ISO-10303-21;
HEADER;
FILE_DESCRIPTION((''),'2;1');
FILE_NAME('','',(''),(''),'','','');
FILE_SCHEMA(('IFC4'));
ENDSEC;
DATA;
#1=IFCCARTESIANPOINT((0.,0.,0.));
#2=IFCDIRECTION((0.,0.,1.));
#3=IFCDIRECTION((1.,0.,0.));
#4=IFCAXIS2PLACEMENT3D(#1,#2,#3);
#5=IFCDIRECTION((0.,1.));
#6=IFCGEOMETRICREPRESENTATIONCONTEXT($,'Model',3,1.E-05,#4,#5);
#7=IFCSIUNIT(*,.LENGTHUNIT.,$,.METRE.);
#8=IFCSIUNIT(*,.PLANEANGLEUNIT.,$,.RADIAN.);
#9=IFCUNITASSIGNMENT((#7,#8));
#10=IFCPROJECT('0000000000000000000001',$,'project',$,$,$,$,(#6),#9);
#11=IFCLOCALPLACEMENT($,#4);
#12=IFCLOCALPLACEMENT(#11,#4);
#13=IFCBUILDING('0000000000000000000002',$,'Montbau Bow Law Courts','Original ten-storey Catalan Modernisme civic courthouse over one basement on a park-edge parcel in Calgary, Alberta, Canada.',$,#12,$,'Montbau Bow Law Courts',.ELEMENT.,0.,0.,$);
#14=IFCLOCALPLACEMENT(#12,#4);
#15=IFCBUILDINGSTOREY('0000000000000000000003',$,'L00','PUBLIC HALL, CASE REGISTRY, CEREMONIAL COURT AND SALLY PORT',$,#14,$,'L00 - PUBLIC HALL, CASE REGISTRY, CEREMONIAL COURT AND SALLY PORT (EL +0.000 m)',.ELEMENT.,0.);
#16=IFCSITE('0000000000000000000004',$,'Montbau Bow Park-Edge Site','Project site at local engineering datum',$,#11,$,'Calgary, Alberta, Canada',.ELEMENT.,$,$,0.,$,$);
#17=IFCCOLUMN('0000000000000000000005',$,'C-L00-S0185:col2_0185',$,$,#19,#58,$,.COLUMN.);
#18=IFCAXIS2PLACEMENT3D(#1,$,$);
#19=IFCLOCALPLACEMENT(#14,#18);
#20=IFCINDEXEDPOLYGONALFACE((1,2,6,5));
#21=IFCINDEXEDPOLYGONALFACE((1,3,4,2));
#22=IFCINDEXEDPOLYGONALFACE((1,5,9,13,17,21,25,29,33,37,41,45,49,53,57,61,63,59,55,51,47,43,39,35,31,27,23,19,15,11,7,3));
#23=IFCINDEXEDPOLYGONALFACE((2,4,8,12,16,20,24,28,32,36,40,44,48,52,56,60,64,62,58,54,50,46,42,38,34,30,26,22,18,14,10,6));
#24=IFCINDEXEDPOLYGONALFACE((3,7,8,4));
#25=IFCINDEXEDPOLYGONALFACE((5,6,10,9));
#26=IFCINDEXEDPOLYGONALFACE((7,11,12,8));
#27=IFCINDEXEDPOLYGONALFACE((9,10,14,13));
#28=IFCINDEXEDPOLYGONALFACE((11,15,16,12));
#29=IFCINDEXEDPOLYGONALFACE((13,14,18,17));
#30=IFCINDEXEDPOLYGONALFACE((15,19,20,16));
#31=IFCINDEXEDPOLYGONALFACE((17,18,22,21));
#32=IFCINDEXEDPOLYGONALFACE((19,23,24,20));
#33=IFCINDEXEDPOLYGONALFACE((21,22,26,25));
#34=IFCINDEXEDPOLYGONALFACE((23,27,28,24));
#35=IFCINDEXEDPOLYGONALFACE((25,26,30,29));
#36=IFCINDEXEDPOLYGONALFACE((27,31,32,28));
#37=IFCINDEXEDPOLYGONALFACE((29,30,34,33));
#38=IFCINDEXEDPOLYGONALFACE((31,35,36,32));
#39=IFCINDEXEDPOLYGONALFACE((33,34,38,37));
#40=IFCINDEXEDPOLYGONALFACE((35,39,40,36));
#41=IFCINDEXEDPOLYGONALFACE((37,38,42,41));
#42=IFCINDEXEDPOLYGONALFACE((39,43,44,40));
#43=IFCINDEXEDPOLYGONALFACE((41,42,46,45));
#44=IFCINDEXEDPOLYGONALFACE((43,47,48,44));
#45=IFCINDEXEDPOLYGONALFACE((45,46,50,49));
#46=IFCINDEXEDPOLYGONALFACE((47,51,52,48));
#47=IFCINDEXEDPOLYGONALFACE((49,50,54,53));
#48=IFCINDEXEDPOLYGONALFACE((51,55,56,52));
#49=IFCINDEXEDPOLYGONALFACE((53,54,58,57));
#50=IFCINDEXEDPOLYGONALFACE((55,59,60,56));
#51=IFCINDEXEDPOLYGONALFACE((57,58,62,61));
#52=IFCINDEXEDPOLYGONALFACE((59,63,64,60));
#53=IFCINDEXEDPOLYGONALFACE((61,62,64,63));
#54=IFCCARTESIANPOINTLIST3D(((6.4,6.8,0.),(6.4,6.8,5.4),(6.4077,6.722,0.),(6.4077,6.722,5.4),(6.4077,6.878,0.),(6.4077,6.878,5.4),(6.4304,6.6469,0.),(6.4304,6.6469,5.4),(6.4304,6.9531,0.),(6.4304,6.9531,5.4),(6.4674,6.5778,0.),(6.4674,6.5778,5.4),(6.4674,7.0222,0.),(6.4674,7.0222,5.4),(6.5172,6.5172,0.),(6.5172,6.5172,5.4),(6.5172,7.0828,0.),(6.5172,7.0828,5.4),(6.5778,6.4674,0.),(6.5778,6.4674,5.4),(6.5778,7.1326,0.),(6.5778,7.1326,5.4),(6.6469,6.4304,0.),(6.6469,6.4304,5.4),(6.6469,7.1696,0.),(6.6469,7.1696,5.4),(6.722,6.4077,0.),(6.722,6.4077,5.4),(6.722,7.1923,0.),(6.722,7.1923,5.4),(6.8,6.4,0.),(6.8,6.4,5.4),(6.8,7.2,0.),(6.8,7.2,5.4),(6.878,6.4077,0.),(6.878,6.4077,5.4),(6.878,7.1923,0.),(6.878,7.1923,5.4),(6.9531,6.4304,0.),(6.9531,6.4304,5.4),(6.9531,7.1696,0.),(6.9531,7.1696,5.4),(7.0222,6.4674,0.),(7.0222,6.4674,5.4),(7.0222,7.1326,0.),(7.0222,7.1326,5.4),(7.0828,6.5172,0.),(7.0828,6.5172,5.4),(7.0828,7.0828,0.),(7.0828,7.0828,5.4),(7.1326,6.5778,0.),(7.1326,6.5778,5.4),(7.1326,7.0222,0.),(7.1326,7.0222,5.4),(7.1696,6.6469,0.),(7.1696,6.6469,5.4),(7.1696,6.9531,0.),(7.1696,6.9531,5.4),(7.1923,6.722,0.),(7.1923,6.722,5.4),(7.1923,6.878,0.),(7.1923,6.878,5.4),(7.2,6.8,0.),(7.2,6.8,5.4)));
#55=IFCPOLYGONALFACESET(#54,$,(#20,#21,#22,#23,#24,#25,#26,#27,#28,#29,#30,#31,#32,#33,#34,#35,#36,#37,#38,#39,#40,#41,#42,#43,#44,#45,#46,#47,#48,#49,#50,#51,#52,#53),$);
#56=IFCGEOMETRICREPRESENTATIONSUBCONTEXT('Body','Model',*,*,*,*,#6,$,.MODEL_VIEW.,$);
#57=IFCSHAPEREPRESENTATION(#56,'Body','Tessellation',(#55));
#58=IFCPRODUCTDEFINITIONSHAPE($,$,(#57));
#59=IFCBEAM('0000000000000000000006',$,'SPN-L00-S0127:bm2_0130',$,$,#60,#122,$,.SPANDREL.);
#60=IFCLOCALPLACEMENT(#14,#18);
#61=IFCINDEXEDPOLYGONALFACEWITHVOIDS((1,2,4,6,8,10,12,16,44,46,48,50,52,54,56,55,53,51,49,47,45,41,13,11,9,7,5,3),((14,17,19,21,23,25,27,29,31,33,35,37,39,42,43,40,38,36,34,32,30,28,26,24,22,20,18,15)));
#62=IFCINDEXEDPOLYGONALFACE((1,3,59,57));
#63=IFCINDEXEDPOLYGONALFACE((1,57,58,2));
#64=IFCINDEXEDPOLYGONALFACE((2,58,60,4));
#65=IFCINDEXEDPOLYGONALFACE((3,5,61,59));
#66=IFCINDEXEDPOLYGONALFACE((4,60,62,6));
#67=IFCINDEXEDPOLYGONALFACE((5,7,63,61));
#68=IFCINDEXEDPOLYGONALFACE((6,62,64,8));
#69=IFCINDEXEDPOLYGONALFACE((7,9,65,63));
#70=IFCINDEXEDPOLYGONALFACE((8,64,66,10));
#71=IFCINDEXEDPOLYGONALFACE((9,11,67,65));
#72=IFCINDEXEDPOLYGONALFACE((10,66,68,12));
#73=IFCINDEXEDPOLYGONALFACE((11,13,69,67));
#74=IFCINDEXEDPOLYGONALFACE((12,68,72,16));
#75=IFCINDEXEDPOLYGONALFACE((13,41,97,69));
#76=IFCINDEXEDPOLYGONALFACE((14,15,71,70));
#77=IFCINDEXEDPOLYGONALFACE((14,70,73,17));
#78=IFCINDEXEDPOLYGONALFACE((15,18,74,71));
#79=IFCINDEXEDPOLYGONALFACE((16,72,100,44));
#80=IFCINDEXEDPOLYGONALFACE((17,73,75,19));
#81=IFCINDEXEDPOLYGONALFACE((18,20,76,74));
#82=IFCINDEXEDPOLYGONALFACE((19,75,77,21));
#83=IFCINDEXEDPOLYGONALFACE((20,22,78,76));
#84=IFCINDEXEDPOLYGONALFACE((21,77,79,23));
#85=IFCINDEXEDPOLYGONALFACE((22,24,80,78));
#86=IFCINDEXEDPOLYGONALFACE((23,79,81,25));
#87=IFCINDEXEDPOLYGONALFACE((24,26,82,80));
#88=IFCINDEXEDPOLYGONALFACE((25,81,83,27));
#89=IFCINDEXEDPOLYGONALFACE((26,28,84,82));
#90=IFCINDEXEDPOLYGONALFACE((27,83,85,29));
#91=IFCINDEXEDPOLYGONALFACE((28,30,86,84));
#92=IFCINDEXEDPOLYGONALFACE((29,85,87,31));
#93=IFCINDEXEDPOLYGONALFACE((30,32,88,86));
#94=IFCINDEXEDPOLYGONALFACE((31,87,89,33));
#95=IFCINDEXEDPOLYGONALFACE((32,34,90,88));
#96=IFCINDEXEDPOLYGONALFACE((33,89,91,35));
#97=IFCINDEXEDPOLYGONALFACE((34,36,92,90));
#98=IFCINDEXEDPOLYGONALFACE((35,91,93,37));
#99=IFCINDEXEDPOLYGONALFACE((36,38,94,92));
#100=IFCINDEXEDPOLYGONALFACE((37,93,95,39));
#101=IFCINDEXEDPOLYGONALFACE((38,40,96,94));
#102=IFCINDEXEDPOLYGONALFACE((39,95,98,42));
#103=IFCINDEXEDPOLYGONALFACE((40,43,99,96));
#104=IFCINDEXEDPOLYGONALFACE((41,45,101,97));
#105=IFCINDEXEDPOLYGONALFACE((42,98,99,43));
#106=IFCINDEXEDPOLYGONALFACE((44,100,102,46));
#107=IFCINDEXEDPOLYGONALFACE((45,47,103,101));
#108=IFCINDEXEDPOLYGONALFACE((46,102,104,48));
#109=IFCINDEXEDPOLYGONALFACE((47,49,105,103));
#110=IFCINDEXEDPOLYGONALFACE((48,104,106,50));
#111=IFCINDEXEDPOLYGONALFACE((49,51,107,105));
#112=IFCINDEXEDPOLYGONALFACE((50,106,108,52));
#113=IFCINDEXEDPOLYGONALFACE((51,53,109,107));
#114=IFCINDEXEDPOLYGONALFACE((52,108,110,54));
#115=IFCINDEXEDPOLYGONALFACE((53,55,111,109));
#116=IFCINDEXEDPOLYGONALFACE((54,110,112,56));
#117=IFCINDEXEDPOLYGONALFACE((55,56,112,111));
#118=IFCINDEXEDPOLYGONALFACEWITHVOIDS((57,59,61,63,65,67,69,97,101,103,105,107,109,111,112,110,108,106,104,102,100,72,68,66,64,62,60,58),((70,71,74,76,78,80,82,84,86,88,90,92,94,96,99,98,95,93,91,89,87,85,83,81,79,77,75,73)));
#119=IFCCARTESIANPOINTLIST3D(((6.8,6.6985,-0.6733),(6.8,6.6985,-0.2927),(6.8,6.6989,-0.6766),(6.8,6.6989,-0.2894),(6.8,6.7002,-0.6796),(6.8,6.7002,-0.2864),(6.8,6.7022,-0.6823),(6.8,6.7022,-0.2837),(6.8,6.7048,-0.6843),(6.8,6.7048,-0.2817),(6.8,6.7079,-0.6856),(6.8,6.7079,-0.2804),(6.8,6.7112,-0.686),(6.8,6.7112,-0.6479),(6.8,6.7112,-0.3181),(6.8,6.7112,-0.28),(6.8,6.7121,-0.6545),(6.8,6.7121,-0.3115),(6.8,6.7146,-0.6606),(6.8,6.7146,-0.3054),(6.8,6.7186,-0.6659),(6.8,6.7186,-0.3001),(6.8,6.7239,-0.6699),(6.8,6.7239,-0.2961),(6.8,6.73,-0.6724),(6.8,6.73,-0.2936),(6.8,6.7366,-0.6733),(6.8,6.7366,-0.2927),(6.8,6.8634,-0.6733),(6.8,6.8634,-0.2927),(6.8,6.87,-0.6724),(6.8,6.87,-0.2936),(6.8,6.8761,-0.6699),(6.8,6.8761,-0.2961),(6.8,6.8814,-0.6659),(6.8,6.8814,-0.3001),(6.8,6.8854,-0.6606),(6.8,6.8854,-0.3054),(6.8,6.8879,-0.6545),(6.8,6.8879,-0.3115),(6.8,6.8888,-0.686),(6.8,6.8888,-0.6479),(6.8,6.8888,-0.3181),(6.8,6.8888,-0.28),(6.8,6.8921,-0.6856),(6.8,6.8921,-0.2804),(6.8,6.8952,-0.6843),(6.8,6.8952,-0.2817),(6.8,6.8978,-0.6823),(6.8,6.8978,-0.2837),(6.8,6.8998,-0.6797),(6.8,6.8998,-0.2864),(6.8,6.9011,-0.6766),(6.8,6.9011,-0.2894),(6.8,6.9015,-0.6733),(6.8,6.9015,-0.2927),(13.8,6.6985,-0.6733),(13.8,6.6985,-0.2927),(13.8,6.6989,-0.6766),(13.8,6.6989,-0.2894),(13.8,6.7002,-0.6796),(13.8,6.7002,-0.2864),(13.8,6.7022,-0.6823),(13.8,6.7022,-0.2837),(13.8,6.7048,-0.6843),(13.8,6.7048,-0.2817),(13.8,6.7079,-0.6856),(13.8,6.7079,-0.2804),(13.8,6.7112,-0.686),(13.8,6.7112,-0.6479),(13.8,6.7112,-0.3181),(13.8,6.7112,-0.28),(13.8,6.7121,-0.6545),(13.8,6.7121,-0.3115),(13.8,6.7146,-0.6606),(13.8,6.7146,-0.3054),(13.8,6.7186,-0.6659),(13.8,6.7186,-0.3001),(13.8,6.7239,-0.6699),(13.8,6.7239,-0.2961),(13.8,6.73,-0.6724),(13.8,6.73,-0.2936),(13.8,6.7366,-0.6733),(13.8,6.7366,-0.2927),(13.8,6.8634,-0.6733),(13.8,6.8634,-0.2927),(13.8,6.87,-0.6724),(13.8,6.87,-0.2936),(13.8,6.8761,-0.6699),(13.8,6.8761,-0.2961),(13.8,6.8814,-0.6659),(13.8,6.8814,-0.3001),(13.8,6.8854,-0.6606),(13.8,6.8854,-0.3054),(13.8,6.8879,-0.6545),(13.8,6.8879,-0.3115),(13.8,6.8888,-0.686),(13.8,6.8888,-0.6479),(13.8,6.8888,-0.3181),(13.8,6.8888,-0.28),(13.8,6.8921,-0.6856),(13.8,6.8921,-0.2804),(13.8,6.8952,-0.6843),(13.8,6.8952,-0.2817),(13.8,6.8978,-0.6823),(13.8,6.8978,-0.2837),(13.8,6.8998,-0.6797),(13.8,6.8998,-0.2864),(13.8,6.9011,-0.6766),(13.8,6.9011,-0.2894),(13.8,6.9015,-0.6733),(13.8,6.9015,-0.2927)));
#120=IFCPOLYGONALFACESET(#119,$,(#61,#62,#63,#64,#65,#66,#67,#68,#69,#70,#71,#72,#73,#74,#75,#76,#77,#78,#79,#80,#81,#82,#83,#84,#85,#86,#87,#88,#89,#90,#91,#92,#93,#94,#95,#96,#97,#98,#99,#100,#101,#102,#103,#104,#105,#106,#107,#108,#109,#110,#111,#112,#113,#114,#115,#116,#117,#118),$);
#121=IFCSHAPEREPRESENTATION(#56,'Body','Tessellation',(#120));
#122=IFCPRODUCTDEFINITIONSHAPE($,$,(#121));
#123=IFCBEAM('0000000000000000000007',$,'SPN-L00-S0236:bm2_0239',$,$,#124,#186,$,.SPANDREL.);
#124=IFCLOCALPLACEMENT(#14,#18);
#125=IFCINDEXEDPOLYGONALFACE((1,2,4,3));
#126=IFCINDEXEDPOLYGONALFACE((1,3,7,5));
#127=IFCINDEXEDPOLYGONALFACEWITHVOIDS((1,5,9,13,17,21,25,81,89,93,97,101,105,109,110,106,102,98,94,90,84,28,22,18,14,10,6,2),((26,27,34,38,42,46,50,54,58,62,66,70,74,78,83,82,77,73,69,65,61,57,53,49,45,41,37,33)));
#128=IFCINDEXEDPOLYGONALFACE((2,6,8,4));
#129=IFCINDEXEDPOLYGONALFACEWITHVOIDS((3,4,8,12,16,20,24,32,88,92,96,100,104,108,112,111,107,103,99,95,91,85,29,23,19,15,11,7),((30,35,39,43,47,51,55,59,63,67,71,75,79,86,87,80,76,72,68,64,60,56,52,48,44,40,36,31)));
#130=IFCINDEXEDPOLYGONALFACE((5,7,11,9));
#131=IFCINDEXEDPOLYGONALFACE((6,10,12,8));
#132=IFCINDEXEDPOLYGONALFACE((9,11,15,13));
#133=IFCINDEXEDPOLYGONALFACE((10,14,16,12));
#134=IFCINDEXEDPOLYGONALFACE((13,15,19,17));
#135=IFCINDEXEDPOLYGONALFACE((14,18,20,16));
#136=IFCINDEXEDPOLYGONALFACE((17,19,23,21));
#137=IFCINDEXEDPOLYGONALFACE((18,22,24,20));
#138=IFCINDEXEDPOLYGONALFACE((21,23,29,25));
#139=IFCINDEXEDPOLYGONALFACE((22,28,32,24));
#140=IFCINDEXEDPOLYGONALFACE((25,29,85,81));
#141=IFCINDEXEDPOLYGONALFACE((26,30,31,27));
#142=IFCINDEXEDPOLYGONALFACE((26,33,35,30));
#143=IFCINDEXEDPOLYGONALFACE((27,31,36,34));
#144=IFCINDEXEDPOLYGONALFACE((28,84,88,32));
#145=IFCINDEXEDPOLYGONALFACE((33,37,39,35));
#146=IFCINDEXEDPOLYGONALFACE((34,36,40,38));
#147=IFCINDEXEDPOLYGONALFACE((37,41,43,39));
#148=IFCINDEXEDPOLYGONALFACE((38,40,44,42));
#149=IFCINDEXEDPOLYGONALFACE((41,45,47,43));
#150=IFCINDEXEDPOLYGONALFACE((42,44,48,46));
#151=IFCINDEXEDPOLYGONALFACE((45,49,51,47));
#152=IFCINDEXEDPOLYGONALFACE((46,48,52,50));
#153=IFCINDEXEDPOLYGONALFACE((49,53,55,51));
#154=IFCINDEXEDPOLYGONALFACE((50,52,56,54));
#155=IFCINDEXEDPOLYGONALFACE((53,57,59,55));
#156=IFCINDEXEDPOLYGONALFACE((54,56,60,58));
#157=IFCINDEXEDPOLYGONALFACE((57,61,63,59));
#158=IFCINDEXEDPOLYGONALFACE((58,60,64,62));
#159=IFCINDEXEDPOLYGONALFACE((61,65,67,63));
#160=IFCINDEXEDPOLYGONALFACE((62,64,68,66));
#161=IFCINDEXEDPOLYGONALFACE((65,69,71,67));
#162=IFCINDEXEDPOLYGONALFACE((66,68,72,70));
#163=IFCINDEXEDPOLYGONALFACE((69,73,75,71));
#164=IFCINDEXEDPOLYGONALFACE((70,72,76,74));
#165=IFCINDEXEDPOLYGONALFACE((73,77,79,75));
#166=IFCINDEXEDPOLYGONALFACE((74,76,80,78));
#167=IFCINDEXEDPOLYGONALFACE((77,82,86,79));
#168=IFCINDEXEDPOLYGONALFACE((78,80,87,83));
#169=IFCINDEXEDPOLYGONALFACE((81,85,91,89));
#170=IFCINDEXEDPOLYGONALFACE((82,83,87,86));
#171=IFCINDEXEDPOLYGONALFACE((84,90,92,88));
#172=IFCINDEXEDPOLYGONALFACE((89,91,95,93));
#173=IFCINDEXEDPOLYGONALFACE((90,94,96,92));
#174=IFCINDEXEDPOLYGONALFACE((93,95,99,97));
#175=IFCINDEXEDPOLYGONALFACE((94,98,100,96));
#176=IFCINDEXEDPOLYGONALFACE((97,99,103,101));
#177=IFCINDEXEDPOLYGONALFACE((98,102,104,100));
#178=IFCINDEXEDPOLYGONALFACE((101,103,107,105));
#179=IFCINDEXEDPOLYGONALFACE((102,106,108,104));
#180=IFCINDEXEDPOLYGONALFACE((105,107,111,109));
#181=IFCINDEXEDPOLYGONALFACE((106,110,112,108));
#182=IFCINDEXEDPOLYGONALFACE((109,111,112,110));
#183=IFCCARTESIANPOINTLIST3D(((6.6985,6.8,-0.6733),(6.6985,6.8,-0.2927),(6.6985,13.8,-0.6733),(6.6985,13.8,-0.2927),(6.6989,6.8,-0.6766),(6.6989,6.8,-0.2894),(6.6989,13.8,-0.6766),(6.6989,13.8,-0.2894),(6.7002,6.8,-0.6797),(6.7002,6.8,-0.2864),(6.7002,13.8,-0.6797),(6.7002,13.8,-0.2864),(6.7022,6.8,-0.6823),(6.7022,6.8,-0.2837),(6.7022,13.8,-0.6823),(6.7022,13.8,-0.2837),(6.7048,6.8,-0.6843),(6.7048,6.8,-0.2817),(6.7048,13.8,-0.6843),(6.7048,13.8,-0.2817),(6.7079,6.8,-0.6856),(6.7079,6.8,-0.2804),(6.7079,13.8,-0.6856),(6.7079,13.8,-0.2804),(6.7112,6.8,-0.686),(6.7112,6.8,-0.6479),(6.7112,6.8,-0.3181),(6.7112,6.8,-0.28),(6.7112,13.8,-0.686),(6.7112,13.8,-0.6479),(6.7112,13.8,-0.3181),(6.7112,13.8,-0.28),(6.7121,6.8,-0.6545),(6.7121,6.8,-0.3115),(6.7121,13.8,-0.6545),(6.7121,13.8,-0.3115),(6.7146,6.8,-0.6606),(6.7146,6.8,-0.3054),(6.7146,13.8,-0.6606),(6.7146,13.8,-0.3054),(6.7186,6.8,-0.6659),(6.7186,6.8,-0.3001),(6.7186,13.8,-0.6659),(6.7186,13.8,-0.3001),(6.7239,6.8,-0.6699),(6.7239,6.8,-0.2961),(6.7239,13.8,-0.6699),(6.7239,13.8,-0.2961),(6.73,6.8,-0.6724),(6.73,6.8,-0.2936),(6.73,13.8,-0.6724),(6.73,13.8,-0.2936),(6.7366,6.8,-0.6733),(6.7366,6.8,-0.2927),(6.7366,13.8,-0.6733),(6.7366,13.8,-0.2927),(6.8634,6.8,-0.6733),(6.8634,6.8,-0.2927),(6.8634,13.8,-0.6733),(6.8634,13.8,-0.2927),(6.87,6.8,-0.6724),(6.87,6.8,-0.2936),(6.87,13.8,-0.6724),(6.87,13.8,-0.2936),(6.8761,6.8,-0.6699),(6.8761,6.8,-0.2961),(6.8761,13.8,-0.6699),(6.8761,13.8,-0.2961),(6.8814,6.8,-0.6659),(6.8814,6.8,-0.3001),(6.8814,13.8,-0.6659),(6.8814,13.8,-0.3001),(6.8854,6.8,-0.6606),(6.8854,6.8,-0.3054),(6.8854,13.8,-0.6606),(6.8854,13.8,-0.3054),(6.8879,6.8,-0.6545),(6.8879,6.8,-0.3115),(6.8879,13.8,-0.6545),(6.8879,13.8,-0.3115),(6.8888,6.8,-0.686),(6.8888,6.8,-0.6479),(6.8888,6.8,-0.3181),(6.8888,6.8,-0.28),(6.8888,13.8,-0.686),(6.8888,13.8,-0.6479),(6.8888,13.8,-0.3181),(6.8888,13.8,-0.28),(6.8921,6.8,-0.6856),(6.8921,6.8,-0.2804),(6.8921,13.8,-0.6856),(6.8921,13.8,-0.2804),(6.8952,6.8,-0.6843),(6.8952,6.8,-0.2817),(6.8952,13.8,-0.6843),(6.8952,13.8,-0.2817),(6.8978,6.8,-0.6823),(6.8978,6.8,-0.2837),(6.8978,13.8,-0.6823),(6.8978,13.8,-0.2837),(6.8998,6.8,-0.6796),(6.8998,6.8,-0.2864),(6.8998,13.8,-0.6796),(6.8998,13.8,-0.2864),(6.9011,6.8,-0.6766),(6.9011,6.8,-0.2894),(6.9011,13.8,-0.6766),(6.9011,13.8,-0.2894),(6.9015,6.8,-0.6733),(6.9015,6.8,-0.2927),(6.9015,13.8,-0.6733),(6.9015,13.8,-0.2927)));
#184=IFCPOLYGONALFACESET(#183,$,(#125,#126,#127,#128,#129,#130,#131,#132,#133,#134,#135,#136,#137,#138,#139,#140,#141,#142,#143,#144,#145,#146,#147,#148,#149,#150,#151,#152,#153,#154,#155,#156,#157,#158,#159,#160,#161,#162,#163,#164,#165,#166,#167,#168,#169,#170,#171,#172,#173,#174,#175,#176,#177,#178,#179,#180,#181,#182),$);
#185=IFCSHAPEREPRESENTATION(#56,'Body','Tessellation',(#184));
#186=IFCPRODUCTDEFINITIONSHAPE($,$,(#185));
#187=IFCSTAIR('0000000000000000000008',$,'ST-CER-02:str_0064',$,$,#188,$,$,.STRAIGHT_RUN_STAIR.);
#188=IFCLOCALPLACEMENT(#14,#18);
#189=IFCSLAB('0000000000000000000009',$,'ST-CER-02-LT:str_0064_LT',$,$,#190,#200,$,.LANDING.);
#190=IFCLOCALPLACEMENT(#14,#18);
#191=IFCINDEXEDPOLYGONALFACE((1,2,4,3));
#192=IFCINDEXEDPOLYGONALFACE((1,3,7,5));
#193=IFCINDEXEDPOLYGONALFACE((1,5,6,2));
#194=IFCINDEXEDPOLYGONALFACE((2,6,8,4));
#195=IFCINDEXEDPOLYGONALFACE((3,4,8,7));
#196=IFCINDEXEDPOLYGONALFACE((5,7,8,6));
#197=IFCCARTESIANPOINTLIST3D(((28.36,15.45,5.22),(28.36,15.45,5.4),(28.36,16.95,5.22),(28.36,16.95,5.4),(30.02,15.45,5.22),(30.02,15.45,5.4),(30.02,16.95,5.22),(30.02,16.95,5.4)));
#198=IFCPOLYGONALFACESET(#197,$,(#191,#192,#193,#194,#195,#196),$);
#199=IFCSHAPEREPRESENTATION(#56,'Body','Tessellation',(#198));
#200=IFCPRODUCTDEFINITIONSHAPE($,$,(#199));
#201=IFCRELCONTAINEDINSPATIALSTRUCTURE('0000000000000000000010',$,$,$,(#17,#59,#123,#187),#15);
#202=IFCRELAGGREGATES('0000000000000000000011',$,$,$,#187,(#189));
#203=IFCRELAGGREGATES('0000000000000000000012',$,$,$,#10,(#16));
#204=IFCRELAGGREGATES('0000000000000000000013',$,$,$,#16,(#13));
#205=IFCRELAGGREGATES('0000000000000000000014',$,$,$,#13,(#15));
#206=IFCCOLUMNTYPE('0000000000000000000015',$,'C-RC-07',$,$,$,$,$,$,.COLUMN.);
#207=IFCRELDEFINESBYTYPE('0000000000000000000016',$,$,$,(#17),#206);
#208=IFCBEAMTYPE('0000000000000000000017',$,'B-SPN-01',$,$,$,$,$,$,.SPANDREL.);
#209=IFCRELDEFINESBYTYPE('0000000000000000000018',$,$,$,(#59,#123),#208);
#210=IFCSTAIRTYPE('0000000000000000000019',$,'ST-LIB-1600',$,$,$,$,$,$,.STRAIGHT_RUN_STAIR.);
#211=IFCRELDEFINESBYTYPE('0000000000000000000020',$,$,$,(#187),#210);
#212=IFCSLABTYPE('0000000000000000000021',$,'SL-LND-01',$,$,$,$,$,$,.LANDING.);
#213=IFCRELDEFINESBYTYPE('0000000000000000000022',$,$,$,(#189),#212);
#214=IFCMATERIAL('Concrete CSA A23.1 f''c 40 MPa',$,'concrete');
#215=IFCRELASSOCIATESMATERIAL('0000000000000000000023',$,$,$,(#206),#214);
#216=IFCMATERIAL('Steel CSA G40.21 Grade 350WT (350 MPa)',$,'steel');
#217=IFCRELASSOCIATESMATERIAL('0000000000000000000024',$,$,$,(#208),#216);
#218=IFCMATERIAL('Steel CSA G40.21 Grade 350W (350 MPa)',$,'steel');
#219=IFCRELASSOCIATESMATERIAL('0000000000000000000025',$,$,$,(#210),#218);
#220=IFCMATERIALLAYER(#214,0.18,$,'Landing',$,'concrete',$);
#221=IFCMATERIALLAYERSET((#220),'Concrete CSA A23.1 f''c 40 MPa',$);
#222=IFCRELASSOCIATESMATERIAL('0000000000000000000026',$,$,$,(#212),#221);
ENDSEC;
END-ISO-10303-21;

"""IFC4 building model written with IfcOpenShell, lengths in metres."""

from ifc_helpers import new_model, si_unit, direction, frame, origin_with_axes, origin_2d_with_axis, place, context, subcontext, project, spatial, polyline, hollow_rectangle, circle, outline, extrude, material, layer, layer_set, material_profile, profile_set, type_object, element, aggregate, save


model = new_model("IFC4")

# Units and contexts
model_context = context("Model", 3, precision=1e-05, world=origin_with_axes(), true_north=direction((0.0, 1.0)))
body_context = subcontext(model_context, "Body", "Model", "MODEL_VIEW")
ifc_project = project(units=[si_unit("LENGTHUNIT", "METRE"), si_unit("PLANEANGLEUNIT", "RADIAN")], contexts=[model_context])

# Site, building, storey
site_placement = place(None, origin_with_axes())
site = spatial("IfcSite", under=ifc_project, at=site_placement, Name="Montbau Bow Park-Edge Site", Description="Project site at local engineering datum", LongName="Calgary, Alberta, Canada", CompositionType="ELEMENT", RefElevation=0.0)
building_placement = place(site_placement, origin_with_axes())
building = spatial("IfcBuilding", under=site, at=building_placement, Name="Montbau Bow Law Courts", Description="Original ten-storey Catalan Modernisme civic courthouse over one basement on a park-edge parcel in Calgary, Alberta, Canada.", LongName="Montbau Bow Law Courts", CompositionType="ELEMENT", ElevationOfRefHeight=0.0, ElevationOfTerrain=0.0)
storey_placement = place(building_placement, origin_with_axes())
storey = spatial("IfcBuildingStorey", under=building, at=storey_placement, Name="L00", Description="PUBLIC HALL, CASE REGISTRY, CEREMONIAL COURT AND SALLY PORT", LongName="L00 - PUBLIC HALL, CASE REGISTRY, CEREMONIAL COURT AND SALLY PORT (EL +0.000 m)", CompositionType="ELEMENT", Elevation=0.0)

# Column
ifc_material_1 = material(Name="Concrete CSA A23.1 f'c 40 MPa", Category="concrete")
ifc_material_profile_1 = material_profile(ifc_material_1, circle(Radius=0.4, at=origin_2d_with_axis()), Name="RC800D", Category="Main", Priority=0)
ifc_profile_set_1 = profile_set([ifc_material_profile_1], Name="Concrete CSA A23.1 f'c 40 MPa")
column_type = type_object("IfcColumnType", Name="C-RC-07", PredefinedType="COLUMN", material=ifc_profile_set_1)
column_placement = place(None, frame((6.8, 6.8, 0.0), z_axis=(0.0, 0.0, 1.0), x_axis=(1.0, 0.0, 0.0)))
element("IfcColumn", 1, at=column_placement, inside=storey, type_object=column_type, Name="C-L00-S0185:col2_0185", PredefinedType="COLUMN", context=body_context, shape_type="SweptSolid", body=[
    extrude(circle(Radius=0.4, at=origin_2d_with_axis()), origin_with_axes(), (0.0, 0.0, 1.0), 5.4),
])

# Beams
ifc_material_2 = material(Name="Steel CSA G40.21 Grade 350WT (350 MPa)", Category="steel")
ifc_material_profile_2 = material_profile(ifc_material_2, hollow_rectangle(XDim=0.203, YDim=0.406, WallThickness=0.0127, InnerFilletRadius=0.0254, OuterFilletRadius=0.0127, at=origin_2d_with_axis()), Name="HSS406X203X13", Category="Main", Priority=0)
ifc_profile_set_2 = profile_set([ifc_material_profile_2], Name="Steel CSA G40.21 Grade 350WT (350 MPa)")
beam_type = type_object("IfcBeamType", Name="B-SPN-01", PredefinedType="SPANDREL", material=ifc_profile_set_2)
for number, where, z_axis, x_axis, name in (
    (2, (6.8, 6.8, -0.483), (1.0, 0.0, 0.0), (0.0, 1.0, 0.0), "SPN-L00-S0127:bm2_0130"),
    (3, (6.8, 6.8, -0.483), (0.0, 1.0, 0.0), (-1.0, 0.0, 0.0), "SPN-L00-S0236:bm2_0239"),
):
    element("IfcBeam", number, at=place(None, frame(where, z_axis=z_axis, x_axis=x_axis)), inside=storey, type_object=beam_type, Name=name, PredefinedType="SPANDREL", context=body_context, shape_type="SweptSolid", body=[
        extrude(hollow_rectangle(XDim=0.203, YDim=0.406, WallThickness=0.0127, InnerFilletRadius=0.0254, OuterFilletRadius=0.0127, at=origin_2d_with_axis()), origin_with_axes(), (0.0, 0.0, 1.0), 7.0),
    ])

# Stair, slab
ifc_material_3 = material(Name="Steel CSA G40.21 Grade 350W (350 MPa)", Category="steel")
stair_type = type_object("IfcStairType", Name="ST-LIB-1600", PredefinedType="STRAIGHT_RUN_STAIR", material=ifc_material_3)
stair_placement = place(None, frame((17.95, 16.2, 0.0), z_axis=(0.0, 0.0, 1.0), x_axis=(1.0, 0.0, 0.0)))
stair = element("IfcStair", 4, at=stair_placement, inside=storey, type_object=stair_type, Name="ST-CER-02:str_0064", PredefinedType="STRAIGHT_RUN_STAIR")
ifc_layer_1 = layer(ifc_material_1, 0.18, Name="Landing", Category="concrete")
ifc_layer_set_1 = layer_set([ifc_layer_1], Name="Concrete CSA A23.1 f'c 40 MPa")
slab_type = type_object("IfcSlabType", Name="SL-LND-01", PredefinedType="LANDING", material=ifc_layer_set_1)
slab_placement = place(None, frame((0.0, 0.0, 5.22), z_axis=(0.0, 0.0, 1.0), x_axis=(1.0, 0.0, 0.0)))
slab = element("IfcSlab", 5, at=slab_placement, type_object=slab_type, Name="ST-CER-02-LT:str_0064_LT", PredefinedType="LANDING", context=body_context, shape_type="SweptSolid", body=[
    extrude(outline(polyline([(28.36, 15.45), (30.02, 15.45), (30.02, 16.95), (28.36, 16.95), (28.36, 15.45)])), origin_with_axes(), (0.0, 0.0, 1.0), 0.18),
])
aggregate(stair, [slab])

save(model, "model.ifc")
